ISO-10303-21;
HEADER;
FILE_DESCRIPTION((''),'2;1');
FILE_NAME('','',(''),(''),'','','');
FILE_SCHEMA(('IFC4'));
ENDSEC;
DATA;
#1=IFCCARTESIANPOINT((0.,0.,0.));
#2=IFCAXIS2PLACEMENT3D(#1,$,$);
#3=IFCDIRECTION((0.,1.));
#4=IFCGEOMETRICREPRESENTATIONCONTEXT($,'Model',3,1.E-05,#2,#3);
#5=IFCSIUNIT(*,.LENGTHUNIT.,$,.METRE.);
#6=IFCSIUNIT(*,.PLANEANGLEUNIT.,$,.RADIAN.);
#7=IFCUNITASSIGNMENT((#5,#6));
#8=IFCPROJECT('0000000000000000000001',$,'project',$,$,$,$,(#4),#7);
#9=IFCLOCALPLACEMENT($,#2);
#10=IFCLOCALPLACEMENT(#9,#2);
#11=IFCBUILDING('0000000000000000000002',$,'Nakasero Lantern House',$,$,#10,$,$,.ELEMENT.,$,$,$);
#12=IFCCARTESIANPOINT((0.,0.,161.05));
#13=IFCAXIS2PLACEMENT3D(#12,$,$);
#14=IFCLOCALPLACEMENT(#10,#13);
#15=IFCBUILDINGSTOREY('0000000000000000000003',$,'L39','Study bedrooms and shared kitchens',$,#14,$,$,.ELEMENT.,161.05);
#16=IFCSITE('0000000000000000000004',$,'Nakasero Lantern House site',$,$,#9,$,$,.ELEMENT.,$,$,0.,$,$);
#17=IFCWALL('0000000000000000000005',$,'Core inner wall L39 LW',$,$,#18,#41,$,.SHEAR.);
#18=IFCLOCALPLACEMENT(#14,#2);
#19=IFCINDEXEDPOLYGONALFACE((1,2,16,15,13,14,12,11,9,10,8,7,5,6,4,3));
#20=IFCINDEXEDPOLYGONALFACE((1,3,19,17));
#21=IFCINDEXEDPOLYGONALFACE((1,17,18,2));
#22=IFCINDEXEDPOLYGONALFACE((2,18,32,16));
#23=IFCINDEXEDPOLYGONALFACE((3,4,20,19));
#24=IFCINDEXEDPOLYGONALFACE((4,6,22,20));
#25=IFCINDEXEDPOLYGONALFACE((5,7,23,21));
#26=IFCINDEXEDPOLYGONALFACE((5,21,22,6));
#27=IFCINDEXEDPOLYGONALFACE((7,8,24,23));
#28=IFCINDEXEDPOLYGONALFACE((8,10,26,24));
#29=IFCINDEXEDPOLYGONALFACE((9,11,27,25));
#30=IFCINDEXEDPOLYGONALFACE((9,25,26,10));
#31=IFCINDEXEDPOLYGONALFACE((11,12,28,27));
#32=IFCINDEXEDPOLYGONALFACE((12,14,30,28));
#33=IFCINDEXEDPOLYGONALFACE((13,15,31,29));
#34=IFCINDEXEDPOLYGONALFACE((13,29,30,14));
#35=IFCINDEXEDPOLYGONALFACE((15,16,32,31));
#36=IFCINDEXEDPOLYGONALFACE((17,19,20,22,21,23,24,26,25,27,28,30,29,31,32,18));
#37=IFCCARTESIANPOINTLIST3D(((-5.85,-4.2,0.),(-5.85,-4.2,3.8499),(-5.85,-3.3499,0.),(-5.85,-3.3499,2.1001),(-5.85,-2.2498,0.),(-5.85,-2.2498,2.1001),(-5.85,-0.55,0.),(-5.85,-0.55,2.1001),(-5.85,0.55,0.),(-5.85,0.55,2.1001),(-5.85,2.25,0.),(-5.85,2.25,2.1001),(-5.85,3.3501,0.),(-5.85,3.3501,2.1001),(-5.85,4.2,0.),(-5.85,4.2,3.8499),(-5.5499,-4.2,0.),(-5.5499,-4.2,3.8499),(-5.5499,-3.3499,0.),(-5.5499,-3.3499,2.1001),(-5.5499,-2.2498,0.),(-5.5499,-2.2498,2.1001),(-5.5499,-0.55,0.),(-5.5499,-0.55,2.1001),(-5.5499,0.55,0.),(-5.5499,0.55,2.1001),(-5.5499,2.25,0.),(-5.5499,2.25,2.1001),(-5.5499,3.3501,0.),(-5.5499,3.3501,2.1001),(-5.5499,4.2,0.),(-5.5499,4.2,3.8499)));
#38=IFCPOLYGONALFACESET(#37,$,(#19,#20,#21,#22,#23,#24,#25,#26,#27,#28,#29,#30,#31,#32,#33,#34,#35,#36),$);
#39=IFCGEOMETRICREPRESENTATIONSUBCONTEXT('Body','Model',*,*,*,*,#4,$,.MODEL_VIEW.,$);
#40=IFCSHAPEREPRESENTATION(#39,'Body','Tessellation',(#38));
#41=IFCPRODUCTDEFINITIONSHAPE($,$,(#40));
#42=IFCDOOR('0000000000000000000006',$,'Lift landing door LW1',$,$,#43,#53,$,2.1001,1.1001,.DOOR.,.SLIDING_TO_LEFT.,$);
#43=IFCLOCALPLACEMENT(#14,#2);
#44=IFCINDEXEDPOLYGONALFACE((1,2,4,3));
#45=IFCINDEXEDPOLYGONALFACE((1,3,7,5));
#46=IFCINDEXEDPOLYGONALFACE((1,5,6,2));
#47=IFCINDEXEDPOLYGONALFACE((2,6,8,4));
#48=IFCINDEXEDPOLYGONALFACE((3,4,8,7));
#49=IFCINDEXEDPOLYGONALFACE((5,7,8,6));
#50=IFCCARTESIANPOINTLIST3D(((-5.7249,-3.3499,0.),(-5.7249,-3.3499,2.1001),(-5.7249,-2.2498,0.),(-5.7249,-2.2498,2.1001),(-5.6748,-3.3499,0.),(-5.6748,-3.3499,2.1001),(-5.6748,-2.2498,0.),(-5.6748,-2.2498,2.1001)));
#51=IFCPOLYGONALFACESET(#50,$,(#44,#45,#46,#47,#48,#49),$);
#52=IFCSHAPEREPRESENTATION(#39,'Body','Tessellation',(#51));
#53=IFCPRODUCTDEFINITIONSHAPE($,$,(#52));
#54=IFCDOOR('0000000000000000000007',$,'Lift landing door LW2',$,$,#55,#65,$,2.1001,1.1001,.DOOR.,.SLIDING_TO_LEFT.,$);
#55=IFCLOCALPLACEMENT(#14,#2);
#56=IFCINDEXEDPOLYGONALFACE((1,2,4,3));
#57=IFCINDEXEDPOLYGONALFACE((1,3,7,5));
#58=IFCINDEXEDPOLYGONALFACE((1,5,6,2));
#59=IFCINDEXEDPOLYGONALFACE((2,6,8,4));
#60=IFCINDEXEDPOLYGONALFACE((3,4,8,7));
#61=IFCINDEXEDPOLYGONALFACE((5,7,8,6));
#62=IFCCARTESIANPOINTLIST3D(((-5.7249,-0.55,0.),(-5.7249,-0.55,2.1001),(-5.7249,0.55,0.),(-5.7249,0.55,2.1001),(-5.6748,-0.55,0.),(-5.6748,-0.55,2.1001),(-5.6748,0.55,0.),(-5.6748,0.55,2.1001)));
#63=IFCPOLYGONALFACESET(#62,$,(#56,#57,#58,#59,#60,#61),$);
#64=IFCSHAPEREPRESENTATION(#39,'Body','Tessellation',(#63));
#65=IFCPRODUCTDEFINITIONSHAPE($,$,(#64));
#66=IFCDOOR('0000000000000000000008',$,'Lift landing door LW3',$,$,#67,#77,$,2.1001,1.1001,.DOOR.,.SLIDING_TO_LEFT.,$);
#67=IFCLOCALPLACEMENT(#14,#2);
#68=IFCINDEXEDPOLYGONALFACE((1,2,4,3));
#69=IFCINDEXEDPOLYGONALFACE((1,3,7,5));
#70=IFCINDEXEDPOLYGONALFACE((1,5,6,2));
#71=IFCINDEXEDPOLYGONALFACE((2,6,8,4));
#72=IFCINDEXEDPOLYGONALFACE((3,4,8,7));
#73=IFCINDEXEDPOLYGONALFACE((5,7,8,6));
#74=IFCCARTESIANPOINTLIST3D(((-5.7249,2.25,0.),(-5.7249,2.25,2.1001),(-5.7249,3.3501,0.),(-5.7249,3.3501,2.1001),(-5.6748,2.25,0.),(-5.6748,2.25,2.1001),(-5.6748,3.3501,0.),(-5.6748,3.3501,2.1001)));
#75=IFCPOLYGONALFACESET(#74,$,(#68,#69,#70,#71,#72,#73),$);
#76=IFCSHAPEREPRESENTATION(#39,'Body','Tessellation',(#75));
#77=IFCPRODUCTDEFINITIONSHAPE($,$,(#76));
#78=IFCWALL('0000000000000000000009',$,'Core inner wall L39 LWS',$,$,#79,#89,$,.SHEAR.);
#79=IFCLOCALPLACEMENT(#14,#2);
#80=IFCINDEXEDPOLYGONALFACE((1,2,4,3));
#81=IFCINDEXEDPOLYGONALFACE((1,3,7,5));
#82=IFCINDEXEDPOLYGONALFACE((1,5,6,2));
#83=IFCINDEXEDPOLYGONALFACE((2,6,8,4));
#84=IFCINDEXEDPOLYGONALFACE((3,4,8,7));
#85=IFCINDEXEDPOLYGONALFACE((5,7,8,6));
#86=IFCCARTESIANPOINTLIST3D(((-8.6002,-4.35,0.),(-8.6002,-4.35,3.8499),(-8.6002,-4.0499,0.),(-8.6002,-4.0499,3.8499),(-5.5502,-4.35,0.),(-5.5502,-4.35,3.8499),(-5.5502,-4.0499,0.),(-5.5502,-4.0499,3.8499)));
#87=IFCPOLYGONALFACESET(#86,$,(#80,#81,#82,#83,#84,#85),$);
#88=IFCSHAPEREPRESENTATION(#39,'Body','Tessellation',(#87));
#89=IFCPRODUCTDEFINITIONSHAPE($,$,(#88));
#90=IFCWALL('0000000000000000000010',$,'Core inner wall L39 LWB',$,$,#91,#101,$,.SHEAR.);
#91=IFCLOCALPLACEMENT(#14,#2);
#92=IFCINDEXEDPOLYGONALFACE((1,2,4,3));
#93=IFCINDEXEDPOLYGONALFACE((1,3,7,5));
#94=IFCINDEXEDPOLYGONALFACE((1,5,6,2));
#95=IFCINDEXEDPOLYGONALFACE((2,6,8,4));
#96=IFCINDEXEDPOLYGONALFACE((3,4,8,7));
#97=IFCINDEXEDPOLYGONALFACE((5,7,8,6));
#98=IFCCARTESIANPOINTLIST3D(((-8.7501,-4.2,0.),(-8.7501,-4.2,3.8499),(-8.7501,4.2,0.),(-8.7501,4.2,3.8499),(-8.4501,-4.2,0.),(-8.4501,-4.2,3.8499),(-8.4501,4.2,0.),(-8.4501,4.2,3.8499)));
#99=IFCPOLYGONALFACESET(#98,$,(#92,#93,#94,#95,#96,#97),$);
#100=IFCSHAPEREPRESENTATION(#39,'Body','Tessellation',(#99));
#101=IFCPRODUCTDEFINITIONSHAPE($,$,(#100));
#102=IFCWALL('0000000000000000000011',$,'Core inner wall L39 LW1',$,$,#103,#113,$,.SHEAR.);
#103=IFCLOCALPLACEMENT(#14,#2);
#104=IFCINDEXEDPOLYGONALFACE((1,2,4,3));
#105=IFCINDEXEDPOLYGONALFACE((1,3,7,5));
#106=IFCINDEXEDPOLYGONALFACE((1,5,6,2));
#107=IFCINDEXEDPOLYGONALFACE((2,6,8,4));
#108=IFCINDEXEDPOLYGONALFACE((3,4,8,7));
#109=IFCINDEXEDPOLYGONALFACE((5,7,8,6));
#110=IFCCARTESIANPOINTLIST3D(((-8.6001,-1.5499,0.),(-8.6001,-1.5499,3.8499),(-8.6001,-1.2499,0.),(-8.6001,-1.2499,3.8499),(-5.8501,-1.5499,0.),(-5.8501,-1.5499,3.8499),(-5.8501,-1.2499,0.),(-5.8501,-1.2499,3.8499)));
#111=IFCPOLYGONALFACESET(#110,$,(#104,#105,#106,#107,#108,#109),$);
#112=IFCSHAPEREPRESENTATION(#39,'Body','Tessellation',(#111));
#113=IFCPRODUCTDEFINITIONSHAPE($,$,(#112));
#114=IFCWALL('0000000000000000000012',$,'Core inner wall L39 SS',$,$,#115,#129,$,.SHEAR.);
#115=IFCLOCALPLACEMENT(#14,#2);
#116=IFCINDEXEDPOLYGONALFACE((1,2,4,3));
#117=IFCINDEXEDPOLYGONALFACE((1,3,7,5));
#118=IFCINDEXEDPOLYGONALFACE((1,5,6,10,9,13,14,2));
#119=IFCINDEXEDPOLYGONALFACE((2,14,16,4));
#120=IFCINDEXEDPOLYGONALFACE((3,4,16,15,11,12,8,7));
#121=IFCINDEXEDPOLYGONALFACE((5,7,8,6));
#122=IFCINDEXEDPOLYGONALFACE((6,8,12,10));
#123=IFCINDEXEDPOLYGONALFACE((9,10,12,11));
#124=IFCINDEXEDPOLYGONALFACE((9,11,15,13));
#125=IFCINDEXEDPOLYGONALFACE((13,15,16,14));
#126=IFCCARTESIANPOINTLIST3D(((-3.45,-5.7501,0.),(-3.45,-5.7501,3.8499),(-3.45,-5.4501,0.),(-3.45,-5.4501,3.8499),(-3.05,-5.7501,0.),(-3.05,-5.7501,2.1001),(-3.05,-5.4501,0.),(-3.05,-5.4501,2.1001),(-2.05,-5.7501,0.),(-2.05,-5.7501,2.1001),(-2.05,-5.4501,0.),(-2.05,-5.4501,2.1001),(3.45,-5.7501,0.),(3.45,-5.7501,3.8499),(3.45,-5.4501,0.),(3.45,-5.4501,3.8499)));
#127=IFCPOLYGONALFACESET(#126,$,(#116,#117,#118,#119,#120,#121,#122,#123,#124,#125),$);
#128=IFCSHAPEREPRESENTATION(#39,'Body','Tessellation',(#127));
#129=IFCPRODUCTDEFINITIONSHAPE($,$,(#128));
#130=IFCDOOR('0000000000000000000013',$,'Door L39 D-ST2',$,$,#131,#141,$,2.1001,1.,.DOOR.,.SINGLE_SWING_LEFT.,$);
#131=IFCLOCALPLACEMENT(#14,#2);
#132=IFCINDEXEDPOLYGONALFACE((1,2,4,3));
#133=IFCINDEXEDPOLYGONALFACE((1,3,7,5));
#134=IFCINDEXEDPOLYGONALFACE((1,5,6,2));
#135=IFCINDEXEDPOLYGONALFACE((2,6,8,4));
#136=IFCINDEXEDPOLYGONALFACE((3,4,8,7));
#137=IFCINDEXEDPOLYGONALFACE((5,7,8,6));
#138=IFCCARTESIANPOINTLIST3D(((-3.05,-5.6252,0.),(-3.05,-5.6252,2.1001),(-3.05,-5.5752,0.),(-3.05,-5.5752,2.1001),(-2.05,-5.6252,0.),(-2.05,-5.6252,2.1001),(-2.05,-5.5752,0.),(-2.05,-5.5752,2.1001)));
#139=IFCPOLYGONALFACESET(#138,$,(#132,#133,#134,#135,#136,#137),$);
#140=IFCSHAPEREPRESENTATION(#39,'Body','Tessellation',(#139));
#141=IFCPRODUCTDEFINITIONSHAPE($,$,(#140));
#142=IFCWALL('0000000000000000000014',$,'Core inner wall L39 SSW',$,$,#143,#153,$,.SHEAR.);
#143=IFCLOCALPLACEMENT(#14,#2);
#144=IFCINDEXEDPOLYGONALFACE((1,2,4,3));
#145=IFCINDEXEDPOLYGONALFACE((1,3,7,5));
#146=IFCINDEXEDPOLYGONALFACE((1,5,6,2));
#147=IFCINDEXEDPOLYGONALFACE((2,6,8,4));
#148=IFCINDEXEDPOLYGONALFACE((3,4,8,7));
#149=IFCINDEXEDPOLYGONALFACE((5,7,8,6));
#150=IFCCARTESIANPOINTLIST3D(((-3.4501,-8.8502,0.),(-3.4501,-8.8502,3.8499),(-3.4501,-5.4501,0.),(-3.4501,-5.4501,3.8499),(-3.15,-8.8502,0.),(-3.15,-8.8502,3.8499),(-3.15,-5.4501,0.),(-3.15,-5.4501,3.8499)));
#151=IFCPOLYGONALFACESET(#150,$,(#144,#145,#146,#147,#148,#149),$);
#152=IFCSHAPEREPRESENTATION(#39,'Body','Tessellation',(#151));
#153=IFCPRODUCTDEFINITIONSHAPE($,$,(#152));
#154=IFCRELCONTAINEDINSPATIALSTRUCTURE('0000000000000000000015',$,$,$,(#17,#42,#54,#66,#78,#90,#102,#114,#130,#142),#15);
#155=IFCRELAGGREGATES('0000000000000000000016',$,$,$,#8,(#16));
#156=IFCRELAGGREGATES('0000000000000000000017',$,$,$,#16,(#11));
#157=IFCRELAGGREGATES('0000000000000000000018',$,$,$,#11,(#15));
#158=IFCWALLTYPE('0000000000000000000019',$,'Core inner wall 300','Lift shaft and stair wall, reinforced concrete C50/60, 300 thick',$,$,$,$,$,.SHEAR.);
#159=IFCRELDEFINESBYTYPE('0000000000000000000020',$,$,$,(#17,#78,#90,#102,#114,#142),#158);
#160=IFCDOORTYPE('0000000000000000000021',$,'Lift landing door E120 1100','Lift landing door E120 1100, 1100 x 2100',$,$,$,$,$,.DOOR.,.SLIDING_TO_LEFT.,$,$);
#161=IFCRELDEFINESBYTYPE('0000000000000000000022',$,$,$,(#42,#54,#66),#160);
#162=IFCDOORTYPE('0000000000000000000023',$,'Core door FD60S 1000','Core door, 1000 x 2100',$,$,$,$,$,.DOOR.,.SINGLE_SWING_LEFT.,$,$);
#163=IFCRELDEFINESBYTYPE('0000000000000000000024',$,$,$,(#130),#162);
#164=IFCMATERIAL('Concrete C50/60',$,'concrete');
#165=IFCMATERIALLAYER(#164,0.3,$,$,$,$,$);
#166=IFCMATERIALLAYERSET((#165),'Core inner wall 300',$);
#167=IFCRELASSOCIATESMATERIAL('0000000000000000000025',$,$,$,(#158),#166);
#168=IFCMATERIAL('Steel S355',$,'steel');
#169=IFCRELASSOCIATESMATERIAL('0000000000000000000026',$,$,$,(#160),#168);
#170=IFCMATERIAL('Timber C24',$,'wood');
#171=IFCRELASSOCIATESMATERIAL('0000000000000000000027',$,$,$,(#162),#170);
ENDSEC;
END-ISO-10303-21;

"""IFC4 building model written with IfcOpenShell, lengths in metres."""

from ifc_helpers import new_model, si_unit, direction, frame, frame_2d, origin, place, context, subcontext, project, spatial, rectangle, extrude, material, layer, layer_set, type_object, element, fill, save


model = new_model("IFC4")

# Units and contexts
model_context = context("Model", 3, precision=1e-05, world=origin(), true_north=direction((0.0, 1.0)))
body_context = subcontext(model_context, "Body", "Model", "MODEL_VIEW")
ifc_project = project(units=[si_unit("LENGTHUNIT", "METRE"), si_unit("PLANEANGLEUNIT", "RADIAN")], contexts=[model_context])

# Site, building, storey
site_placement = place(None, origin())
site = spatial("IfcSite", under=ifc_project, at=site_placement, Name="Nakasero Lantern House site", CompositionType="ELEMENT", RefElevation=0.0)
building_placement = place(site_placement, origin())
building = spatial("IfcBuilding", under=site, at=building_placement, Name="Nakasero Lantern House", CompositionType="ELEMENT")
storey_placement = place(building_placement, frame((0.0, 0.0, 161.05)))
storey = spatial("IfcBuildingStorey", under=building, at=storey_placement, Name="L39", Description="Study bedrooms and shared kitchens", CompositionType="ELEMENT", Elevation=161.05)

# Wall, openings, doors
ifc_material_1 = material(Name="Concrete C50/60", Category="concrete")
ifc_layer_1 = layer(ifc_material_1, 0.3)
ifc_layer_set_1 = layer_set([ifc_layer_1], Name="Core inner wall 300")
wall_type_1 = type_object("IfcWallType", Name="Core inner wall 300", Description="Lift shaft and stair wall, reinforced concrete C50/60, 300 thick", PredefinedType="SHEAR", material=ifc_layer_set_1)
wall_1_placement = place(storey_placement, frame((-5.7, -4.2, 0.0), z_axis=(0.0, 0.0, 1.0), x_axis=(0.0, 1.0, 0.0)))
wall_1 = element("IfcWall", 1, at=wall_1_placement, inside=storey, type_object=wall_type_1, Name="Core inner wall L39 LW", PredefinedType="SHEAR", context=body_context, shape_type="SweptSolid", body=[
    extrude(rectangle(XDim=8.3999, YDim=0.3, at=frame_2d((4.2, 0.0))), origin(), (0.0, 0.0, 1.0), 3.8499),
])
opening_1_placement = place(wall_1_placement, frame((0.8501, 0.0, 0.0)))
opening_1 = element("IfcOpeningElement", 2, at=opening_1_placement, cuts=wall_1, PredefinedType="OPENING", context=body_context, shape_type="SweptSolid", body=[
    extrude(rectangle(XDim=1.1001, YDim=2.1001, at=frame_2d((0.55, 1.05))), frame((0.0, 0.1699, 0.0), z_axis=(0.0, -1.0, 0.0), x_axis=(1.0, 0.0, 0.0)), (0.0, 0.0, 1.0), 0.3401),
])
opening_2_placement = place(wall_1_placement, frame((3.6499, 0.0, 0.0)))
opening_2 = element("IfcOpeningElement", 3, at=opening_2_placement, cuts=wall_1, PredefinedType="OPENING", context=body_context, shape_type="SweptSolid", body=[
    extrude(rectangle(XDim=1.1001, YDim=2.1001, at=frame_2d((0.55, 1.05))), frame((0.0, 0.1699, 0.0), z_axis=(0.0, -1.0, 0.0), x_axis=(1.0, 0.0, 0.0)), (0.0, 0.0, 1.0), 0.3401),
])
opening_3_placement = place(wall_1_placement, frame((6.45, 0.0, 0.0)))
opening_3 = element("IfcOpeningElement", 4, at=opening_3_placement, cuts=wall_1, PredefinedType="OPENING", context=body_context, shape_type="SweptSolid", body=[
    extrude(rectangle(XDim=1.1001, YDim=2.1001, at=frame_2d((0.55, 1.05))), frame((0.0, 0.1699, 0.0), z_axis=(0.0, -1.0, 0.0), x_axis=(1.0, 0.0, 0.0)), (0.0, 0.0, 1.0), 0.3401),
])
ifc_material_2 = material(Name="Steel S355", Category="steel")
door_type_1 = type_object("IfcDoorType", Name="Lift landing door E120 1100", Description="Lift landing door E120 1100, 1100 x 2100", OperationType="SLIDING_TO_LEFT", PredefinedType="DOOR", material=ifc_material_2)
door_1_placement = place(opening_1_placement, origin())
door_1 = element("IfcDoor", 5, at=door_1_placement, inside=storey, type_object=door_type_1, Name="Lift landing door LW1", OperationType="SLIDING_TO_LEFT", OverallHeight=2.1001, OverallWidth=1.1001, PredefinedType="DOOR", context=body_context, shape_type="SweptSolid", body=[
    extrude(rectangle(XDim=1.1001, YDim=2.1001, at=frame_2d((0.55, 1.05))), frame((0.0, 0.0249, 0.0), z_axis=(0.0, -1.0, 0.0), x_axis=(1.0, 0.0, 0.0)), (0.0, 0.0, 1.0), 0.05),
])
fill(opening_1, door_1)
door_2_placement = place(opening_2_placement, origin())
door_2 = element("IfcDoor", 6, at=door_2_placement, inside=storey, type_object=door_type_1, Name="Lift landing door LW2", OperationType="SLIDING_TO_LEFT", OverallHeight=2.1001, OverallWidth=1.1001, PredefinedType="DOOR", context=body_context, shape_type="SweptSolid", body=[
    extrude(rectangle(XDim=1.1001, YDim=2.1001, at=frame_2d((0.55, 1.05))), frame((0.0, 0.0249, 0.0), z_axis=(0.0, -1.0, 0.0), x_axis=(1.0, 0.0, 0.0)), (0.0, 0.0, 1.0), 0.05),
])
fill(opening_2, door_2)
door_3_placement = place(opening_3_placement, origin())
door_3 = element("IfcDoor", 7, at=door_3_placement, inside=storey, type_object=door_type_1, Name="Lift landing door LW3", OperationType="SLIDING_TO_LEFT", OverallHeight=2.1001, OverallWidth=1.1001, PredefinedType="DOOR", context=body_context, shape_type="SweptSolid", body=[
    extrude(rectangle(XDim=1.1001, YDim=2.1001, at=frame_2d((0.55, 1.05))), frame((0.0, 0.0249, 0.0), z_axis=(0.0, -1.0, 0.0), x_axis=(1.0, 0.0, 0.0)), (0.0, 0.0, 1.0), 0.05),
])
fill(opening_3, door_3)

# Walls
wall_2_placement = place(storey_placement, frame((-8.6001, -4.2, 0.0), z_axis=(0.0, 0.0, 1.0), x_axis=(1.0, 0.0, 0.0)))
element("IfcWall", 8, at=wall_2_placement, inside=storey, type_object=wall_type_1, Name="Core inner wall L39 LWS", PredefinedType="SHEAR", context=body_context, shape_type="SweptSolid", body=[
    extrude(rectangle(XDim=3.05, YDim=0.3, at=frame_2d((1.5249, 0.0))), origin(), (0.0, 0.0, 1.0), 3.8499),
])
wall_3_placement = place(storey_placement, frame((-8.6001, -4.2, 0.0), z_axis=(0.0, 0.0, 1.0), x_axis=(0.0, 1.0, 0.0)))
element("IfcWall", 9, at=wall_3_placement, inside=storey, type_object=wall_type_1, Name="Core inner wall L39 LWB", PredefinedType="SHEAR", context=body_context, shape_type="SweptSolid", body=[
    extrude(rectangle(XDim=8.3999, YDim=0.3, at=frame_2d((4.2, 0.0))), origin(), (0.0, 0.0, 1.0), 3.8499),
])
wall_4_placement = place(storey_placement, frame((-8.6001, -1.3999, 0.0), z_axis=(0.0, 0.0, 1.0), x_axis=(1.0, 0.0, 0.0)))
element("IfcWall", 10, at=wall_4_placement, inside=storey, type_object=wall_type_1, Name="Core inner wall L39 LW1", PredefinedType="SHEAR", context=body_context, shape_type="SweptSolid", body=[
    extrude(rectangle(XDim=2.75, YDim=0.3, at=frame_2d((1.375, 0.0))), origin(), (0.0, 0.0, 1.0), 3.8499),
])

# Wall, opening, door
wall_5_placement = place(storey_placement, frame((-3.45, -5.6001, 0.0), z_axis=(0.0, 0.0, 1.0), x_axis=(1.0, 0.0, 0.0)))
wall_5 = element("IfcWall", 11, at=wall_5_placement, inside=storey, type_object=wall_type_1, Name="Core inner wall L39 SS", PredefinedType="SHEAR", context=body_context, shape_type="SweptSolid", body=[
    extrude(rectangle(XDim=6.8999, YDim=0.3, at=frame_2d((3.45, 0.0))), origin(), (0.0, 0.0, 1.0), 3.8499),
])
opening_4_placement = place(wall_5_placement, frame((0.3999, 0.0, 0.0)))
opening_4 = element("IfcOpeningElement", 12, at=opening_4_placement, cuts=wall_5, PredefinedType="OPENING", context=body_context, shape_type="SweptSolid", body=[
    extrude(rectangle(XDim=1.0, YDim=2.1001, at=frame_2d((0.5, 1.05))), frame((0.0, 0.1699, 0.0), z_axis=(0.0, -1.0, 0.0), x_axis=(1.0, 0.0, 0.0)), (0.0, 0.0, 1.0), 0.3401),
])
ifc_material_3 = material(Name="Timber C24", Category="wood")
door_type_2 = type_object("IfcDoorType", Name="Core door FD60S 1000", Description="Core door, 1000 x 2100", OperationType="SINGLE_SWING_LEFT", PredefinedType="DOOR", material=ifc_material_3)
door_4_placement = place(opening_4_placement, origin())
door_4 = element("IfcDoor", 13, at=door_4_placement, inside=storey, type_object=door_type_2, Name="Door L39 D-ST2", OperationType="SINGLE_SWING_LEFT", OverallHeight=2.1001, OverallWidth=1.0, PredefinedType="DOOR", context=body_context, shape_type="SweptSolid", body=[
    extrude(rectangle(XDim=1.0, YDim=2.1001, at=frame_2d((0.5, 1.05))), frame((0.0, 0.0249, 0.0), z_axis=(0.0, -1.0, 0.0), x_axis=(1.0, 0.0, 0.0)), (0.0, 0.0, 1.0), 0.05),
])
fill(opening_4, door_4)

# Wall
wall_6_placement = place(storey_placement, frame((-3.3, -5.45, 0.0), z_axis=(0.0, 0.0, 1.0), x_axis=(0.0, -1.0, 0.0)))
element("IfcWall", 14, at=wall_6_placement, inside=storey, type_object=wall_type_1, Name="Core inner wall L39 SSW", PredefinedType="SHEAR", context=body_context, shape_type="SweptSolid", body=[
    extrude(rectangle(XDim=3.4001, YDim=0.3, at=frame_2d((1.7002, 0.0))), origin(), (0.0, 0.0, 1.0), 3.8499),
])

save(model, "model.ifc")
